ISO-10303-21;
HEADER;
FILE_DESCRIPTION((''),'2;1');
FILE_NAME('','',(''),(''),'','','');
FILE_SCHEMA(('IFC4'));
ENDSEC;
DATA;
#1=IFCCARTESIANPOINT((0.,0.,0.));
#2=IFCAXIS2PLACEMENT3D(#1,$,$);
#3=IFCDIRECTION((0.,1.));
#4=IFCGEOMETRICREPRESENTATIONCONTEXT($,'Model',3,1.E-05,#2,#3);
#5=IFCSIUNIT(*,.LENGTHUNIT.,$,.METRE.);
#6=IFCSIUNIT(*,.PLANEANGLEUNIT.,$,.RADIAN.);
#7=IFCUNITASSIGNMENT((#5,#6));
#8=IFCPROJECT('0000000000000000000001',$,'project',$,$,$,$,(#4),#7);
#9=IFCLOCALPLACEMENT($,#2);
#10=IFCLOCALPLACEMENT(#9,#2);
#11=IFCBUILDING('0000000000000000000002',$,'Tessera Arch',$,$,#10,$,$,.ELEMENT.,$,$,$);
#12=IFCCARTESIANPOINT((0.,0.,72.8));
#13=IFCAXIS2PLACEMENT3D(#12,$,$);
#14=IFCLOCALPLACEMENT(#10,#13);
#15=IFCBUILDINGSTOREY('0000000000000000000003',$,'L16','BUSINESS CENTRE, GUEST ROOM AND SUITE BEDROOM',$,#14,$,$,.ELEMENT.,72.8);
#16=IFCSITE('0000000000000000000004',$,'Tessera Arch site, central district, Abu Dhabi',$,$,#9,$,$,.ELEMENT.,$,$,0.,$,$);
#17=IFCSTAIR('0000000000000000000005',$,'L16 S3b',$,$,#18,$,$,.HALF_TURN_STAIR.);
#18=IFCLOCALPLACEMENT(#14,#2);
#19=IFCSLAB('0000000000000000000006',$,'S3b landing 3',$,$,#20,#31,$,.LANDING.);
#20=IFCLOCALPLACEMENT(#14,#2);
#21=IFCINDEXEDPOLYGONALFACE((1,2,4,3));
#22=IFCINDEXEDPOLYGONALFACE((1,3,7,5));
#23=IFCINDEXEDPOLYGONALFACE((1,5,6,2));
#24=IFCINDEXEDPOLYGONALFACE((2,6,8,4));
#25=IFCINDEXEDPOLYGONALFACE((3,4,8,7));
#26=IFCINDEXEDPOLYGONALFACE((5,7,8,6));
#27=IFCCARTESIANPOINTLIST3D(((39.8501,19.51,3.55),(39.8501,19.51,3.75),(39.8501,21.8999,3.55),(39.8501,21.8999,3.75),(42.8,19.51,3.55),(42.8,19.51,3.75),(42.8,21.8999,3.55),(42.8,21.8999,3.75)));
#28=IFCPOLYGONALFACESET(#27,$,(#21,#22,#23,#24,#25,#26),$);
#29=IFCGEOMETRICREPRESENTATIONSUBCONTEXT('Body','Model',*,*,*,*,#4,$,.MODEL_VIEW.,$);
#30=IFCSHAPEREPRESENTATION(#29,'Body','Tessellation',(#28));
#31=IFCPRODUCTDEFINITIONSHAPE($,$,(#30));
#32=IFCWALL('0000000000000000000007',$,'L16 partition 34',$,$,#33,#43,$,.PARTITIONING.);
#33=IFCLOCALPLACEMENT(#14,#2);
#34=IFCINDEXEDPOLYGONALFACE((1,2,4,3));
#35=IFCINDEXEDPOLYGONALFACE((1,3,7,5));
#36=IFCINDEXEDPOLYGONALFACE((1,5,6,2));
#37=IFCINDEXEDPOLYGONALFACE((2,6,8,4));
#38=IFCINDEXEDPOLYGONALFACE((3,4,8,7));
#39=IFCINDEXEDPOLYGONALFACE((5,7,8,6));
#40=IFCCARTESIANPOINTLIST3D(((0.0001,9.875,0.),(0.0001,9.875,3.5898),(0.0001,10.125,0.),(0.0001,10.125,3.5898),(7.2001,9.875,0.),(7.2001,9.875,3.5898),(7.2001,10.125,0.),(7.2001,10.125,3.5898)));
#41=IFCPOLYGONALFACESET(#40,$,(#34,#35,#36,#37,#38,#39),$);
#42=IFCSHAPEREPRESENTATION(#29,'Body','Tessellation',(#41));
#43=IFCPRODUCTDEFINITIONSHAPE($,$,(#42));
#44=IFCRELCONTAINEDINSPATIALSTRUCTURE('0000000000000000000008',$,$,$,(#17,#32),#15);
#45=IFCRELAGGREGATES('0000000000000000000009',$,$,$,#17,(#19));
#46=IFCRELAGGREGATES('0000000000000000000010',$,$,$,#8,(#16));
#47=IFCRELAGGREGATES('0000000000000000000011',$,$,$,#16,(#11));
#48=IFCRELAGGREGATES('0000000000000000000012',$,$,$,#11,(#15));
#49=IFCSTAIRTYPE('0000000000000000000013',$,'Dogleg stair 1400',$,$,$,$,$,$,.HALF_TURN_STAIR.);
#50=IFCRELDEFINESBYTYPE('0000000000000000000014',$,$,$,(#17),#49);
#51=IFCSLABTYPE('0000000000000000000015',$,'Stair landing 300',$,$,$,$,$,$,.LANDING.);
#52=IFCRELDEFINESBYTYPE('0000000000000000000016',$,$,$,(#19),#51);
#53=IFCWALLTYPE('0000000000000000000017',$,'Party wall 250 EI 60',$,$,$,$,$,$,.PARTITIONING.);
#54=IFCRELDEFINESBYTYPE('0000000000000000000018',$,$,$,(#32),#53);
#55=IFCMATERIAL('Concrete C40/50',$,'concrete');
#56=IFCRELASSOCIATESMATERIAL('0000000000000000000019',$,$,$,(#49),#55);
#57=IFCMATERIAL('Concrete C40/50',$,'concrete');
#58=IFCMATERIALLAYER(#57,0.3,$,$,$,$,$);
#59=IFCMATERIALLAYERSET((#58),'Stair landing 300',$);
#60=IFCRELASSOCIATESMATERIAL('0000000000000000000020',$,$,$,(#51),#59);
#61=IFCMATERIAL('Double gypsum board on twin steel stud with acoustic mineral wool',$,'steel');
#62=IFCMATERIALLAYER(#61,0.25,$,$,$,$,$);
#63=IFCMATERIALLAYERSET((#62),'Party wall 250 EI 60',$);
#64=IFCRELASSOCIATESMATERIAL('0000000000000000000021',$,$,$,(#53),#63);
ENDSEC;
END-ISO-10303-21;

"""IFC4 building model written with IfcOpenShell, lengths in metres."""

from ifc_helpers import new_model, si_unit, direction, frame, frame_2d, origin, place, context, subcontext, project, spatial, polyline, rectangle, outline, extrude, material, layer, layer_set, type_object, element, aggregate, save


model = new_model("IFC4")

# Units and contexts
model_context = context("Model", 3, precision=1e-05, world=origin(), true_north=direction((0.0, 1.0)))
body_context = subcontext(model_context, "Body", "Model", "MODEL_VIEW")
ifc_project = project(units=[si_unit("LENGTHUNIT", "METRE"), si_unit("PLANEANGLEUNIT", "RADIAN")], contexts=[model_context])

# Site, building, storey
site_placement = place(None, origin())
site = spatial("IfcSite", under=ifc_project, at=site_placement, Name="Tessera Arch site, central district, Abu Dhabi", CompositionType="ELEMENT", RefElevation=0.0)
building_placement = place(site_placement, origin())
building = spatial("IfcBuilding", under=site, at=building_placement, Name="Tessera Arch", CompositionType="ELEMENT")
storey_placement = place(building_placement, frame((0.0, 0.0, 72.8)))
storey = spatial("IfcBuildingStorey", under=building, at=storey_placement, Name="L16", Description="BUSINESS CENTRE, GUEST ROOM AND SUITE BEDROOM", CompositionType="ELEMENT", Elevation=72.8)

# Stair, slab
ifc_material_1 = material(Name="Concrete C40/50", Category="concrete")
stair_type = type_object("IfcStairType", Name="Dogleg stair 1400", PredefinedType="HALF_TURN_STAIR", material=ifc_material_1)
ifc_material_2 = material(Name="Concrete C40/50", Category="concrete")
ifc_layer_1 = layer(ifc_material_2, 0.3)
ifc_layer_set_1 = layer_set([ifc_layer_1], Name="Stair landing 300")
slab_type = type_object("IfcSlabType", Name="Stair landing 300", PredefinedType="LANDING", material=ifc_layer_set_1)
stair_1_placement = place(storey_placement, origin())
stair_1 = element("IfcStair", 1, at=stair_1_placement, inside=storey, type_object=stair_type, Name="L16 S3b", PredefinedType="HALF_TURN_STAIR")
slab_1_placement = place(storey_placement, frame((0.0, 0.0, 3.55)))
slab_1 = element("IfcSlab", 2, at=slab_1_placement, type_object=slab_type, Name="S3b landing 3", PredefinedType="LANDING", context=body_context, shape_type="SweptSolid", body=[
    extrude(outline(polyline([(42.8, 19.51), (42.8, 21.8999), (39.8501, 21.8999), (39.8501, 19.51), (42.8, 19.51)])), origin(), (0.0, 0.0, 1.0), 0.2),
])
aggregate(stair_1, [slab_1])

# Wall
ifc_material_3 = material(Name="Double gypsum board on twin steel stud with acoustic mineral wool", Category="steel")
ifc_layer_2 = layer(ifc_material_3, 0.25)
ifc_layer_set_2 = layer_set([ifc_layer_2], Name="Party wall 250 EI 60")
wall_type = type_object("IfcWallType", Name="Party wall 250 EI 60", PredefinedType="PARTITIONING", material=ifc_layer_set_2)
wall_placement = place(storey_placement, frame((0.0, 10.0, 0.0), z_axis=(0.0, 0.0, 1.0), x_axis=(1.0, 0.0, 0.0)))
element("IfcWall", 3, at=wall_placement, inside=storey, type_object=wall_type, Name="L16 partition 34", PredefinedType="PARTITIONING", context=body_context, shape_type="SweptSolid", body=[
    extrude(rectangle(XDim=7.2, YDim=0.25, at=frame_2d((3.6001, 0.0))), origin(), (0.0, 0.0, 1.0), 3.5898),
])

save(model, "model.ifc")
